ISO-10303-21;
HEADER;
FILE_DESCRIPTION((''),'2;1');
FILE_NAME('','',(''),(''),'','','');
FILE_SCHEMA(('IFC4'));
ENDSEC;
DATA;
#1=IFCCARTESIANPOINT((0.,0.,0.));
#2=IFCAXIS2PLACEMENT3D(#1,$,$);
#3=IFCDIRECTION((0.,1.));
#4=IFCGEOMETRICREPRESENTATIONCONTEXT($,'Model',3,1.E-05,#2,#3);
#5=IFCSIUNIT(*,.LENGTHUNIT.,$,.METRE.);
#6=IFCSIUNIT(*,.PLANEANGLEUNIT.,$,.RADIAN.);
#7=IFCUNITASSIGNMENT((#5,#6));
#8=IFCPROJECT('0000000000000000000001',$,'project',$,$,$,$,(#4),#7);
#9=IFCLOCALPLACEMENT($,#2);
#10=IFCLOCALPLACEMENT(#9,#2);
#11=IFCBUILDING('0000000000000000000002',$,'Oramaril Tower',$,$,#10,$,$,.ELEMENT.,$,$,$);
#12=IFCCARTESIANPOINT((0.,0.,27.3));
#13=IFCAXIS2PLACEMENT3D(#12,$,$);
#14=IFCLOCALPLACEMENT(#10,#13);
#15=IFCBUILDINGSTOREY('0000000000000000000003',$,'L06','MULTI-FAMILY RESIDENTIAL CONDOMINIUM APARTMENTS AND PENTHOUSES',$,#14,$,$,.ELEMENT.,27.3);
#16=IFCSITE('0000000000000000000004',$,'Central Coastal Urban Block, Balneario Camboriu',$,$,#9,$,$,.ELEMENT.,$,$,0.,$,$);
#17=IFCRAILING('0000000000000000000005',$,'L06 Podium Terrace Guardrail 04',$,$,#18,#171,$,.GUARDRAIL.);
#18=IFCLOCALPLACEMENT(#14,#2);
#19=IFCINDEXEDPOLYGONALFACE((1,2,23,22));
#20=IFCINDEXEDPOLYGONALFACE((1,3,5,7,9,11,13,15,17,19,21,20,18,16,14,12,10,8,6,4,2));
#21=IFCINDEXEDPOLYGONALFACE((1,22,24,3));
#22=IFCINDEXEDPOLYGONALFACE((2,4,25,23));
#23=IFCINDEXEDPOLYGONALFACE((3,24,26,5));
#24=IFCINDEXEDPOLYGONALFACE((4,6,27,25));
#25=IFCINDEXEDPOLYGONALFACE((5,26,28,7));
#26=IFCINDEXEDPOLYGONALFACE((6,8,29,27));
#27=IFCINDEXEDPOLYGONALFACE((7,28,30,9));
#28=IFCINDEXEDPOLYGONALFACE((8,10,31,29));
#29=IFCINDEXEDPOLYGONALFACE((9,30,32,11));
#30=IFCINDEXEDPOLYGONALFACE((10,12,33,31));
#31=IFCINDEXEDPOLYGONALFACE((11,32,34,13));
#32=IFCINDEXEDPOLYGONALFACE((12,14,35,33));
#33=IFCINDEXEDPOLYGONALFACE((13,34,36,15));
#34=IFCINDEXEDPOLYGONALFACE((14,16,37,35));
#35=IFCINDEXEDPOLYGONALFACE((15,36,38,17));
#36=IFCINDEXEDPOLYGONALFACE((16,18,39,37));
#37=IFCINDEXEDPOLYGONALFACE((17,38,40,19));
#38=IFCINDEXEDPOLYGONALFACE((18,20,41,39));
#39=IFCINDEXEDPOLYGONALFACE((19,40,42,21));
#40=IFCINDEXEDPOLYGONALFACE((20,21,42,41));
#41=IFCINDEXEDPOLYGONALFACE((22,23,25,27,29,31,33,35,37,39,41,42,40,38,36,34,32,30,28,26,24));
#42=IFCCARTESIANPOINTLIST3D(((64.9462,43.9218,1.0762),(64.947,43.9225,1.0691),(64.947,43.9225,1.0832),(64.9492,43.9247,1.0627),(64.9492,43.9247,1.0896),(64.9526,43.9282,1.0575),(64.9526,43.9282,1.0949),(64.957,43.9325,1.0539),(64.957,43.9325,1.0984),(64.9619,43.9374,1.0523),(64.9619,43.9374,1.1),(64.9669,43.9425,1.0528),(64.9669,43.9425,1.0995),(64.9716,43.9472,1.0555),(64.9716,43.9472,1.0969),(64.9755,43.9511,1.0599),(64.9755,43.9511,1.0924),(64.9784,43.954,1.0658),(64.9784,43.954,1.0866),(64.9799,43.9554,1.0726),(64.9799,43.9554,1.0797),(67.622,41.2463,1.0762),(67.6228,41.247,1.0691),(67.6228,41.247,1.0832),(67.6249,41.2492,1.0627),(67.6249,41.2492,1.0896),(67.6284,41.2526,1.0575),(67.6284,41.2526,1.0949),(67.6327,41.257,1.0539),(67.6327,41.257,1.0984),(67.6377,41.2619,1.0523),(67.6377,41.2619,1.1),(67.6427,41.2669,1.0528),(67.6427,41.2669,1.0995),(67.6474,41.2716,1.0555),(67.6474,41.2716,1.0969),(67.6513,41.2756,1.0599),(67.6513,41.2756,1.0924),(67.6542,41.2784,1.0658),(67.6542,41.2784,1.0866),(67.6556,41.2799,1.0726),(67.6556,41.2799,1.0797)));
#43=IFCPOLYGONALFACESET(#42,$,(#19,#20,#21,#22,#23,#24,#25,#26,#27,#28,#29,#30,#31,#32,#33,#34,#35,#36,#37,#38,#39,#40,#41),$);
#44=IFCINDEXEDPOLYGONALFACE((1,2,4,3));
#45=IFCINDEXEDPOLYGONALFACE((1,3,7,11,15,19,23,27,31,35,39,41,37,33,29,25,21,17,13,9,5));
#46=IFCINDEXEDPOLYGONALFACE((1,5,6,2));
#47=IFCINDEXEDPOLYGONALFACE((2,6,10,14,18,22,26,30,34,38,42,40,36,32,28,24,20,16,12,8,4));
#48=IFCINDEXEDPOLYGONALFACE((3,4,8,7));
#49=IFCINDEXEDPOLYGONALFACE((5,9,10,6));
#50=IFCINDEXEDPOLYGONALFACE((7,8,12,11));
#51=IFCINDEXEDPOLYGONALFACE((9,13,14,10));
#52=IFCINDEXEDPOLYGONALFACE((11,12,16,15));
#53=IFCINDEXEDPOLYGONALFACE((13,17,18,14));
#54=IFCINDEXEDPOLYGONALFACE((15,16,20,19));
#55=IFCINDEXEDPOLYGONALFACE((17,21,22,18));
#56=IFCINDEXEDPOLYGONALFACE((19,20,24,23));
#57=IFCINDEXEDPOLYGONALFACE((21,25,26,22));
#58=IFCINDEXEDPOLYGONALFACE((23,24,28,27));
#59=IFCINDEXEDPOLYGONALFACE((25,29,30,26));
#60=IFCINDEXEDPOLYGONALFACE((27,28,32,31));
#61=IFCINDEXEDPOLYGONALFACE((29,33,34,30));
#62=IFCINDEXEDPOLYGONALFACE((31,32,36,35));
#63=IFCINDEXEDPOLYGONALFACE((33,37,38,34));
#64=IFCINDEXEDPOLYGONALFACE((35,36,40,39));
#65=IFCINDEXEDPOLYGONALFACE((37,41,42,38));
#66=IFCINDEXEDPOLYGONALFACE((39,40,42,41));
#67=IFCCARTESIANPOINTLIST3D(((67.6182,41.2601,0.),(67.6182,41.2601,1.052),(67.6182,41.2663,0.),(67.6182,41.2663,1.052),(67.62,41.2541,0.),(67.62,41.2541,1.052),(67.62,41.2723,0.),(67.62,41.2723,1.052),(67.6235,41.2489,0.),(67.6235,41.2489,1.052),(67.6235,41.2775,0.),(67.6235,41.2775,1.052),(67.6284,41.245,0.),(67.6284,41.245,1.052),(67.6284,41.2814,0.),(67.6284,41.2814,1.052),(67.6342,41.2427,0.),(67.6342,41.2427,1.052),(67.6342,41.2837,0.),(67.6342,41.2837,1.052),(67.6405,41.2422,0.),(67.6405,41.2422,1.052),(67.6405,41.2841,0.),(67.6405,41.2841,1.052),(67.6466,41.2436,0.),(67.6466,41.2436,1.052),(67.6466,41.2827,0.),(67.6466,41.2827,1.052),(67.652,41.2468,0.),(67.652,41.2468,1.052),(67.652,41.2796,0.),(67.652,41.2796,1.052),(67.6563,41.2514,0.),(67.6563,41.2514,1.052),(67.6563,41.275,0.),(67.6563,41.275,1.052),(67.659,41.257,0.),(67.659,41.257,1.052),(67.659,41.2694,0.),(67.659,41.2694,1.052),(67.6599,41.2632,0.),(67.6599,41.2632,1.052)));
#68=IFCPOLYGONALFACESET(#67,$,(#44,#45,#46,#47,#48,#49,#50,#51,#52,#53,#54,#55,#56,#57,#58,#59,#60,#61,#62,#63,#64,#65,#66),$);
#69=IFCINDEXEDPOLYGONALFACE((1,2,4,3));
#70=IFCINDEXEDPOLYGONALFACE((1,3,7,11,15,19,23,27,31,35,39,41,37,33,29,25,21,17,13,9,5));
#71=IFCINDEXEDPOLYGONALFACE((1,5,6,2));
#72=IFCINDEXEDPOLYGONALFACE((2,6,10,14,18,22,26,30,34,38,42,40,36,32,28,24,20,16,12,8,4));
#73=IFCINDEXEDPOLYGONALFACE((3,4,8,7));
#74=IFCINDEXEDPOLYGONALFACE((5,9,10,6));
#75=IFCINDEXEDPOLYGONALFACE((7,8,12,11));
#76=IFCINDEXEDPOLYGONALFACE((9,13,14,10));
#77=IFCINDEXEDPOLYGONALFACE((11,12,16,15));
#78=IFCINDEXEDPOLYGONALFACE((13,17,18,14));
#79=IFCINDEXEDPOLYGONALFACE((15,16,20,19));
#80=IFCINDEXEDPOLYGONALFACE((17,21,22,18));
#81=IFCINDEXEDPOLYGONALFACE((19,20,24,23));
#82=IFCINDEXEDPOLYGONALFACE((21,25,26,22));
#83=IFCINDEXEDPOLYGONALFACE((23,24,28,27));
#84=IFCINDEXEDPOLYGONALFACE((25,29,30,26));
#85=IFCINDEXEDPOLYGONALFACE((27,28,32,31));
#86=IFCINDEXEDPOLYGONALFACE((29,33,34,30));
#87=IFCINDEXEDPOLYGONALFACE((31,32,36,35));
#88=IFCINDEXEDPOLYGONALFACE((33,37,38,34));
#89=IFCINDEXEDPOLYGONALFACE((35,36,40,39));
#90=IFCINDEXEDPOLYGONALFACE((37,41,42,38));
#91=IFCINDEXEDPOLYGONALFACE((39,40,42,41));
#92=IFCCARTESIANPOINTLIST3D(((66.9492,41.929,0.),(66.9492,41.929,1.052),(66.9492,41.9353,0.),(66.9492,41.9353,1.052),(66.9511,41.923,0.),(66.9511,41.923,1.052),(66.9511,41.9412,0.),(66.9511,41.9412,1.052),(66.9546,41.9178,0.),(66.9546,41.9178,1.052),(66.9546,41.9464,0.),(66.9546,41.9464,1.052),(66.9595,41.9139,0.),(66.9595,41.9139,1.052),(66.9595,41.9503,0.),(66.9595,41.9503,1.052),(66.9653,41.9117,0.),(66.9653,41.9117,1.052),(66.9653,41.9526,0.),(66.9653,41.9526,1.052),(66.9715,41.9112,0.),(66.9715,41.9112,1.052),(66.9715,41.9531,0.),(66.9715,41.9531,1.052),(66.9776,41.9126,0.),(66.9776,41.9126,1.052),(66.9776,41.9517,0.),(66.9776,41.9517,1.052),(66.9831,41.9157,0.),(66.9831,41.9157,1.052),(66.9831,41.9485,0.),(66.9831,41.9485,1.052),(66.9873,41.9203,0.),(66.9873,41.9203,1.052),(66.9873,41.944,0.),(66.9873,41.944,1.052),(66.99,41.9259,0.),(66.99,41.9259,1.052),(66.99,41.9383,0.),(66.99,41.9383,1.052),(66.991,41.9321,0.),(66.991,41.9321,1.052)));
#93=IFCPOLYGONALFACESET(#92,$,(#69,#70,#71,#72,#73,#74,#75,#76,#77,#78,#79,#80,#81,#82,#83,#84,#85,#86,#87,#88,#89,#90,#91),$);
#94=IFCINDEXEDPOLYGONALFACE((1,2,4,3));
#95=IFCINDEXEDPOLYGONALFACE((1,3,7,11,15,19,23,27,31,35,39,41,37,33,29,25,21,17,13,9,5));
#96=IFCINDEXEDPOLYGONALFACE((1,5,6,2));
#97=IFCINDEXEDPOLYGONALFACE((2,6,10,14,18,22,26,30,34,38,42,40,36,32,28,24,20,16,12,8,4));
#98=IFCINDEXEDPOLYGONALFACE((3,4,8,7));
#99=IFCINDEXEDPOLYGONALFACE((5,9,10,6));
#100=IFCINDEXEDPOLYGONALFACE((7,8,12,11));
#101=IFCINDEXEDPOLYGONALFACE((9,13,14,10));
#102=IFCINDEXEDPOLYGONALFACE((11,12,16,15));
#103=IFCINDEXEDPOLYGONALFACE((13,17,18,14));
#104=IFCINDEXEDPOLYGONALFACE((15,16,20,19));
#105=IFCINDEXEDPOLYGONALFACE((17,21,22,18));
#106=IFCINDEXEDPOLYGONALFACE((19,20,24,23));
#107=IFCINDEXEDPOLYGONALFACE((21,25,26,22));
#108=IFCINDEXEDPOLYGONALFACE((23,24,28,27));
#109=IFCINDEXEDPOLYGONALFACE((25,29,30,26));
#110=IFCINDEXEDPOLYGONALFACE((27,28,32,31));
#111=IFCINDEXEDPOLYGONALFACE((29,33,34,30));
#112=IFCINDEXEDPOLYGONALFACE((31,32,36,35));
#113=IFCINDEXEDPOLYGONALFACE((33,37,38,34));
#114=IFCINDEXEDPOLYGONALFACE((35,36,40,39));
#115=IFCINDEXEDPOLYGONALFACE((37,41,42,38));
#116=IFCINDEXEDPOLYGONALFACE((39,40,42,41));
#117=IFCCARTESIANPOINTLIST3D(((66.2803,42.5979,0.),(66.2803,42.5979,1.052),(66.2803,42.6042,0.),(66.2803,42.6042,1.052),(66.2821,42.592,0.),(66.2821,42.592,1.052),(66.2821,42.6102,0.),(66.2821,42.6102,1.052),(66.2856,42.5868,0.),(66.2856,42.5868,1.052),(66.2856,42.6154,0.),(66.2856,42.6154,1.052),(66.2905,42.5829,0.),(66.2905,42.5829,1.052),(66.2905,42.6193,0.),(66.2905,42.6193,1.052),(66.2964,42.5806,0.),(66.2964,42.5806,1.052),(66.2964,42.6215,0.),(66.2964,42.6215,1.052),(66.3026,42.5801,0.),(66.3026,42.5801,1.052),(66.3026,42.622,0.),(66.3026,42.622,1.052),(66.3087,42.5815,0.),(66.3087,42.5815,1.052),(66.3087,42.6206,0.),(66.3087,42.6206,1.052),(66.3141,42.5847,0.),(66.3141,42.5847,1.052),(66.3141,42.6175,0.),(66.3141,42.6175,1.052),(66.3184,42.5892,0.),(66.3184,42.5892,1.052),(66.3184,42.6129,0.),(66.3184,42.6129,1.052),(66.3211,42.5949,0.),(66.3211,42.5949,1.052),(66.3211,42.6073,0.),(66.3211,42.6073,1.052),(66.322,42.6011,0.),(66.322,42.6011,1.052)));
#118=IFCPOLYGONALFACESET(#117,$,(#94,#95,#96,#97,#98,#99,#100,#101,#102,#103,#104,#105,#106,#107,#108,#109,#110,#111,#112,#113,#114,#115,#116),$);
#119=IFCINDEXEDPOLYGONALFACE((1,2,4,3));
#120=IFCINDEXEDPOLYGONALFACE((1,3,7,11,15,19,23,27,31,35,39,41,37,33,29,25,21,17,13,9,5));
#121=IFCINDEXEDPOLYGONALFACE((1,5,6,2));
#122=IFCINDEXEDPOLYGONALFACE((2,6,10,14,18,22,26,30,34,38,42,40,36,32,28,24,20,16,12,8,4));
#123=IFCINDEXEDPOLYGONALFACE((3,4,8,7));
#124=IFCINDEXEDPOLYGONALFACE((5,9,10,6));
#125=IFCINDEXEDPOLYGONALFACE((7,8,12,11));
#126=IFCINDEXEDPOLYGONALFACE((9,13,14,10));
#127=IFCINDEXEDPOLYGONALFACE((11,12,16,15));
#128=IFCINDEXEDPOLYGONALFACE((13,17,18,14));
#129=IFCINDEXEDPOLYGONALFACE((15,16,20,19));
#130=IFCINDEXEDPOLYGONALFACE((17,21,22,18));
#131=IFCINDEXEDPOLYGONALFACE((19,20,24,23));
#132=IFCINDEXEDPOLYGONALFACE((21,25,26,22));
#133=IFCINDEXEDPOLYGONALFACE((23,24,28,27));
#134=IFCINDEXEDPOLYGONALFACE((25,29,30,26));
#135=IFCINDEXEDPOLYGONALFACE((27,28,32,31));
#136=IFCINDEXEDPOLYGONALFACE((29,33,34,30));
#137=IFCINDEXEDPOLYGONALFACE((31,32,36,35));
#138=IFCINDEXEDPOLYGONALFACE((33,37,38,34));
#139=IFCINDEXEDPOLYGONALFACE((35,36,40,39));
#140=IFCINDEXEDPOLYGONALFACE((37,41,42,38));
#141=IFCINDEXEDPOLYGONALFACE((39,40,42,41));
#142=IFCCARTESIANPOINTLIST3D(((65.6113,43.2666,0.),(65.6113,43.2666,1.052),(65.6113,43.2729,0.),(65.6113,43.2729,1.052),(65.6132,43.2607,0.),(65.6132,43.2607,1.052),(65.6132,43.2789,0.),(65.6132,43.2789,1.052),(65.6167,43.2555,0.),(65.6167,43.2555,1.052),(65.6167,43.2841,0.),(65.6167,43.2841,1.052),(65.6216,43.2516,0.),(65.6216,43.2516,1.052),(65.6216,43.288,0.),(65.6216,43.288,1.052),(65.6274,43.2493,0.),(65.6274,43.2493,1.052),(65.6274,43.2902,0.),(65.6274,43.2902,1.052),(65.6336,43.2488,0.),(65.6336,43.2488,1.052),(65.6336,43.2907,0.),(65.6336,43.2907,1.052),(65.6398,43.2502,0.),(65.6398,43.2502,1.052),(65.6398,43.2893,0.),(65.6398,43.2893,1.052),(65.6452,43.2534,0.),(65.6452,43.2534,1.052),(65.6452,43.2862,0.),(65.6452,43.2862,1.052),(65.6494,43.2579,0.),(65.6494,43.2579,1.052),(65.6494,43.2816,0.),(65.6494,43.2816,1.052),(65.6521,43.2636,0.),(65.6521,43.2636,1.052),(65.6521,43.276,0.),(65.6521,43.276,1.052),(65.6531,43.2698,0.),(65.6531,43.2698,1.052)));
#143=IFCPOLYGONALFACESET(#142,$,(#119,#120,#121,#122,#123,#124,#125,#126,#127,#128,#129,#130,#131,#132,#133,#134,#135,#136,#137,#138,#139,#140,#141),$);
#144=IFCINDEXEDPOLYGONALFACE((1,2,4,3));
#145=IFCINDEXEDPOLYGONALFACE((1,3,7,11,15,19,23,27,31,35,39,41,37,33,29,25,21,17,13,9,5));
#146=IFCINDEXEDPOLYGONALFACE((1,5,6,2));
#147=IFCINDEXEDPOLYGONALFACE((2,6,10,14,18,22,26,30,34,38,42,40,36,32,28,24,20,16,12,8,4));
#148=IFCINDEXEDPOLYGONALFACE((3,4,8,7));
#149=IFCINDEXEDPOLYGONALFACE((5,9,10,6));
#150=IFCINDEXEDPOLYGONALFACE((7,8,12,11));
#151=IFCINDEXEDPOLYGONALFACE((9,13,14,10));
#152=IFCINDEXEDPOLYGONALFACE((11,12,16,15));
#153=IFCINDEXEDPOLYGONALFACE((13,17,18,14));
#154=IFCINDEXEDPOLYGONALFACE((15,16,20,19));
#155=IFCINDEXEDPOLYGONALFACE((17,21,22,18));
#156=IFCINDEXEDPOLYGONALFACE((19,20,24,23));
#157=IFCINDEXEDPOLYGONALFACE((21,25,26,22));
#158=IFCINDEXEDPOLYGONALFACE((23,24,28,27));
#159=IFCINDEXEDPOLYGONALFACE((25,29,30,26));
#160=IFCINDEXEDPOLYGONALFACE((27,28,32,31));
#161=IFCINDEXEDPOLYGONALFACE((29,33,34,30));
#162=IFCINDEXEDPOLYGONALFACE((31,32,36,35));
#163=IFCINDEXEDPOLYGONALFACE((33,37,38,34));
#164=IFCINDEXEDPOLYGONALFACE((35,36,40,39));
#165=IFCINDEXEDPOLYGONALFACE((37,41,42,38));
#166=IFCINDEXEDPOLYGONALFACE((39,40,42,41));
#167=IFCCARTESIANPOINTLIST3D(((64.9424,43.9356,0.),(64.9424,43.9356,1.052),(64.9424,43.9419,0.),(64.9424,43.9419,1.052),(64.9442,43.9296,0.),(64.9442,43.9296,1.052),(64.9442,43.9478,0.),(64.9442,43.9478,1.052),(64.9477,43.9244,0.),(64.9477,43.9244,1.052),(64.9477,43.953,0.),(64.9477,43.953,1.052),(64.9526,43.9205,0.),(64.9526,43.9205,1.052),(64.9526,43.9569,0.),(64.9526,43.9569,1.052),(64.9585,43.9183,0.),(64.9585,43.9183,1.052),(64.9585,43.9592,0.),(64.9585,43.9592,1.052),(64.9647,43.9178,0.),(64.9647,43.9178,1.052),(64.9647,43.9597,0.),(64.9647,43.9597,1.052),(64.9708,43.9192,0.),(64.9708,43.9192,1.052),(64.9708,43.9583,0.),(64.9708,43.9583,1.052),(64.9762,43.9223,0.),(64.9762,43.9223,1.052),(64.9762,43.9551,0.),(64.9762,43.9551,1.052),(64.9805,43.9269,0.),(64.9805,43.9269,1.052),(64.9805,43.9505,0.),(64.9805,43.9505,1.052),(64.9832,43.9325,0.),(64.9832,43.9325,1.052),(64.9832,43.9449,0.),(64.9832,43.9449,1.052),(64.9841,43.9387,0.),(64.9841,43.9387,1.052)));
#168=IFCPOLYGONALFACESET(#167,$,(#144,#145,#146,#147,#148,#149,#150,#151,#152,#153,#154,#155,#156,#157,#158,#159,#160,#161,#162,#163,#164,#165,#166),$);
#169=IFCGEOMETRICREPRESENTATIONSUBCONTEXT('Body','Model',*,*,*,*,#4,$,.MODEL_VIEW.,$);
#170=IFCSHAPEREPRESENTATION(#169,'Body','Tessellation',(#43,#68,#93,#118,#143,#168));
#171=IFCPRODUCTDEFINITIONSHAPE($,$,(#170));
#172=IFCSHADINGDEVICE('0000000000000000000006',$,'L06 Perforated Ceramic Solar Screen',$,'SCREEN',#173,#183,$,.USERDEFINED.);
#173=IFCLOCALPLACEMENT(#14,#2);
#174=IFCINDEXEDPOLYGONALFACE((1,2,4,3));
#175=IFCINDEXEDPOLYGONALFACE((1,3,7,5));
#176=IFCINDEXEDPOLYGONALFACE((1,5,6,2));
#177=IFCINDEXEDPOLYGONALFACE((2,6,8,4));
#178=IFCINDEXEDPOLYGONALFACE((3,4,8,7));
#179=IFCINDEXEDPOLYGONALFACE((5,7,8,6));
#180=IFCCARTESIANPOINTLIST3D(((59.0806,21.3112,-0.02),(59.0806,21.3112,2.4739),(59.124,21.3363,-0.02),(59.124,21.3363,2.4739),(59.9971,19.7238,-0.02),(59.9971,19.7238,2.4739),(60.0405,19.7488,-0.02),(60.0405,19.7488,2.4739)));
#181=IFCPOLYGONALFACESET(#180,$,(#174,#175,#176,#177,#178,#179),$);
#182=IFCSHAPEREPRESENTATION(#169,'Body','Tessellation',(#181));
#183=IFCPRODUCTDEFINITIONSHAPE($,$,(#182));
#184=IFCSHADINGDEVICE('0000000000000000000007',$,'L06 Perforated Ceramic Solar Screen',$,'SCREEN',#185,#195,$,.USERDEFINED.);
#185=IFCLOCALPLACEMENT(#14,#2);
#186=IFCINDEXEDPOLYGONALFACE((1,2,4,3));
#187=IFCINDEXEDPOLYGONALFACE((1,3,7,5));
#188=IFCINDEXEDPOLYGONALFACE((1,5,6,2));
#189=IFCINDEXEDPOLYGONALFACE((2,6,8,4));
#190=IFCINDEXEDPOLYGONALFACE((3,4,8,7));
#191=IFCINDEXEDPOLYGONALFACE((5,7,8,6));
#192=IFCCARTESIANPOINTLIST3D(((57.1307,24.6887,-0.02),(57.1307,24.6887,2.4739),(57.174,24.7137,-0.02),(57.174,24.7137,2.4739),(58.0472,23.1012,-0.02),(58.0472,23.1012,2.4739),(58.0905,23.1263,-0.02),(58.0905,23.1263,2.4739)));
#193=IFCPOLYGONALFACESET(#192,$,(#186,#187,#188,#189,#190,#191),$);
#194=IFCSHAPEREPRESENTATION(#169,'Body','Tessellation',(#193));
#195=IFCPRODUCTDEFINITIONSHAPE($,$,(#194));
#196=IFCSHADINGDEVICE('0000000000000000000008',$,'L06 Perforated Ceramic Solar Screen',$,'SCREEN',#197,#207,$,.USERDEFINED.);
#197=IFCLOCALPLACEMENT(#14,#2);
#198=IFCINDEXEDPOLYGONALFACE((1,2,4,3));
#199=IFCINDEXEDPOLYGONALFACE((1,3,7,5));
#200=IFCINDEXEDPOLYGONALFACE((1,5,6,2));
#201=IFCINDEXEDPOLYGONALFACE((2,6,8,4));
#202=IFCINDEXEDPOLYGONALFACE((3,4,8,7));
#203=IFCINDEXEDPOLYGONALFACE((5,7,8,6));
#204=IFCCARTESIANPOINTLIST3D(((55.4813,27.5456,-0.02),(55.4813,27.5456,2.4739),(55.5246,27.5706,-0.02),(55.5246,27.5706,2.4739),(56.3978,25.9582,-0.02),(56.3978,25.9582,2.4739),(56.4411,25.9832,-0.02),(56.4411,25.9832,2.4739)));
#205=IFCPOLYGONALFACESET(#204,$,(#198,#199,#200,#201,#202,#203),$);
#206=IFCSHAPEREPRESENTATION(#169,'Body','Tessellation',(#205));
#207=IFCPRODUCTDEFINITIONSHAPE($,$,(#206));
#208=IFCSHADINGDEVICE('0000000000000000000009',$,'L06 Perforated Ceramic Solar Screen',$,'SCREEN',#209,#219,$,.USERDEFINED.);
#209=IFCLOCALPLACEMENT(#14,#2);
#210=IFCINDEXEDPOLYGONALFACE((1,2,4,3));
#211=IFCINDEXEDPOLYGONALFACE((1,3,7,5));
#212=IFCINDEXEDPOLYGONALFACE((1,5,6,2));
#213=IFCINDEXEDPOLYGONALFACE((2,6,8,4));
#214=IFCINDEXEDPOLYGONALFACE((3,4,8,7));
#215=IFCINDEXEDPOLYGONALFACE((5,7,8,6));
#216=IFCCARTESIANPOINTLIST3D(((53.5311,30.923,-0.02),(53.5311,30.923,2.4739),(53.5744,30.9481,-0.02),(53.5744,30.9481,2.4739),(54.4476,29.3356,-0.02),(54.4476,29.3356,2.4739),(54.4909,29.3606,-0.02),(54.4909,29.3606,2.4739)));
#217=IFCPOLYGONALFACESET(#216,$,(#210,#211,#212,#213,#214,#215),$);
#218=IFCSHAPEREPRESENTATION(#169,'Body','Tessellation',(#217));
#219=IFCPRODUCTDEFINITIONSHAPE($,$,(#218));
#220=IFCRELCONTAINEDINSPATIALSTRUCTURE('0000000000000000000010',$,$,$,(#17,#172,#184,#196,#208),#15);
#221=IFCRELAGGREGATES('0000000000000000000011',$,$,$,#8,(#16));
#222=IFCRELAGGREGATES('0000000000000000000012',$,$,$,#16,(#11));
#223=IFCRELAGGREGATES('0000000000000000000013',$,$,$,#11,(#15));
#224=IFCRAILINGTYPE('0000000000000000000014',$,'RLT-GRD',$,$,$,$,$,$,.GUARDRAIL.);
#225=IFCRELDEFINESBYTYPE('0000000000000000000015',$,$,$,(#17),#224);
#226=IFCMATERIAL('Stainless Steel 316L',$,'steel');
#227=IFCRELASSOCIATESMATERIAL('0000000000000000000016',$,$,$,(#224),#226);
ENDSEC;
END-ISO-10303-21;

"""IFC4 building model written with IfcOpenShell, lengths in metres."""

from ifc_helpers import new_model, si_unit, direction, frame, origin, origin_2d, place, context, subcontext, project, spatial, rectangle, circle, extrude, material, type_object, element, save


model = new_model("IFC4")

# Units and contexts
model_context = context("Model", 3, precision=1e-05, world=origin(), true_north=direction((0.0, 1.0)))
body_context = subcontext(model_context, "Body", "Model", "MODEL_VIEW")
ifc_project = project(units=[si_unit("LENGTHUNIT", "METRE"), si_unit("PLANEANGLEUNIT", "RADIAN")], contexts=[model_context])

# Site, building, storey
site_placement = place(None, origin())
site = spatial("IfcSite", under=ifc_project, at=site_placement, Name="Central Coastal Urban Block, Balneario Camboriu", CompositionType="ELEMENT", RefElevation=0.0)
building_placement = place(site_placement, origin())
building = spatial("IfcBuilding", under=site, at=building_placement, Name="Oramaril Tower", CompositionType="ELEMENT")
storey_placement = place(building_placement, frame((0.0, 0.0, 27.3)))
storey = spatial("IfcBuildingStorey", under=building, at=storey_placement, Name="L06", Description="MULTI-FAMILY RESIDENTIAL CONDOMINIUM APARTMENTS AND PENTHOUSES", CompositionType="ELEMENT", Elevation=27.3)

# Railing
ifc_material_1 = material(Name="Stainless Steel 316L", Category="steel")
railing_type = type_object("IfcRailingType", Name="RLT-GRD", PredefinedType="GUARDRAIL", material=ifc_material_1)
railing_1_placement = place(storey_placement, frame((67.6389, 41.2632, 0.0)))
element("IfcRailing", 1, at=railing_1_placement, inside=storey, type_object=railing_type, Name="L06 Podium Terrace Guardrail 04", PredefinedType="GUARDRAIL", context=body_context, shape_type="SweptSolid", body=[
    extrude(circle(Radius=0.0239, at=origin_2d()), frame((0.0, 0.0, 1.0762), z_axis=(-0.707139, 0.707075, 0.0), x_axis=(-0.707075, -0.707139, 0.0)), (0.0, 0.0, 1.0), 3.7839),
    extrude(circle(Radius=0.021, at=origin_2d()), origin(), (0.0, 0.0, 1.0), 1.052),
    extrude(circle(Radius=0.021, at=origin_2d()), frame((-0.6689, 0.6689, 0.0)), (0.0, 0.0, 1.0), 1.052),
    extrude(circle(Radius=0.021, at=origin_2d()), frame((-1.3379, 1.3379, 0.0)), (0.0, 0.0, 1.0), 1.052),
    extrude(circle(Radius=0.021, at=origin_2d()), frame((-2.0068, 2.0066, 0.0)), (0.0, 0.0, 1.0), 1.052),
    extrude(circle(Radius=0.021, at=origin_2d()), frame((-2.6758, 2.6755, 0.0)), (0.0, 0.0, 1.0), 1.052),
])

# Shading devices
for number, where, z_axis, x_axis, name in (
    (2, (59.5605, 20.53, -0.02), (0.0, 0.0, 1.0), (-0.5, 0.866025, 0.0), "L06 Perforated Ceramic Solar Screen"),
    (3, (57.6106, 23.9075, -0.02), (0.0, 0.0, 1.0), (-0.5, 0.866025, 0.0), "L06 Perforated Ceramic Solar Screen"),
    (4, (55.9612, 26.7644, -0.02), (0.0, 0.0, 1.0), (-0.5, 0.866025, 0.0), "L06 Perforated Ceramic Solar Screen"),
    (5, (54.011, 30.1418, -0.02), (0.0, 0.0, 1.0), (-0.5, 0.866025, 0.0), "L06 Perforated Ceramic Solar Screen"),
):
    element("IfcShadingDevice", number, at=place(storey_placement, frame(where, z_axis=z_axis, x_axis=x_axis)), inside=storey, Name=name, ObjectType="SCREEN", PredefinedType="USERDEFINED", context=body_context, shape_type="SweptSolid", body=[
        extrude(rectangle(XDim=1.833, YDim=0.05, at=origin_2d()), origin(), (0.0, 0.0, 1.0), 2.4939),
    ])

save(model, "model.ifc")
